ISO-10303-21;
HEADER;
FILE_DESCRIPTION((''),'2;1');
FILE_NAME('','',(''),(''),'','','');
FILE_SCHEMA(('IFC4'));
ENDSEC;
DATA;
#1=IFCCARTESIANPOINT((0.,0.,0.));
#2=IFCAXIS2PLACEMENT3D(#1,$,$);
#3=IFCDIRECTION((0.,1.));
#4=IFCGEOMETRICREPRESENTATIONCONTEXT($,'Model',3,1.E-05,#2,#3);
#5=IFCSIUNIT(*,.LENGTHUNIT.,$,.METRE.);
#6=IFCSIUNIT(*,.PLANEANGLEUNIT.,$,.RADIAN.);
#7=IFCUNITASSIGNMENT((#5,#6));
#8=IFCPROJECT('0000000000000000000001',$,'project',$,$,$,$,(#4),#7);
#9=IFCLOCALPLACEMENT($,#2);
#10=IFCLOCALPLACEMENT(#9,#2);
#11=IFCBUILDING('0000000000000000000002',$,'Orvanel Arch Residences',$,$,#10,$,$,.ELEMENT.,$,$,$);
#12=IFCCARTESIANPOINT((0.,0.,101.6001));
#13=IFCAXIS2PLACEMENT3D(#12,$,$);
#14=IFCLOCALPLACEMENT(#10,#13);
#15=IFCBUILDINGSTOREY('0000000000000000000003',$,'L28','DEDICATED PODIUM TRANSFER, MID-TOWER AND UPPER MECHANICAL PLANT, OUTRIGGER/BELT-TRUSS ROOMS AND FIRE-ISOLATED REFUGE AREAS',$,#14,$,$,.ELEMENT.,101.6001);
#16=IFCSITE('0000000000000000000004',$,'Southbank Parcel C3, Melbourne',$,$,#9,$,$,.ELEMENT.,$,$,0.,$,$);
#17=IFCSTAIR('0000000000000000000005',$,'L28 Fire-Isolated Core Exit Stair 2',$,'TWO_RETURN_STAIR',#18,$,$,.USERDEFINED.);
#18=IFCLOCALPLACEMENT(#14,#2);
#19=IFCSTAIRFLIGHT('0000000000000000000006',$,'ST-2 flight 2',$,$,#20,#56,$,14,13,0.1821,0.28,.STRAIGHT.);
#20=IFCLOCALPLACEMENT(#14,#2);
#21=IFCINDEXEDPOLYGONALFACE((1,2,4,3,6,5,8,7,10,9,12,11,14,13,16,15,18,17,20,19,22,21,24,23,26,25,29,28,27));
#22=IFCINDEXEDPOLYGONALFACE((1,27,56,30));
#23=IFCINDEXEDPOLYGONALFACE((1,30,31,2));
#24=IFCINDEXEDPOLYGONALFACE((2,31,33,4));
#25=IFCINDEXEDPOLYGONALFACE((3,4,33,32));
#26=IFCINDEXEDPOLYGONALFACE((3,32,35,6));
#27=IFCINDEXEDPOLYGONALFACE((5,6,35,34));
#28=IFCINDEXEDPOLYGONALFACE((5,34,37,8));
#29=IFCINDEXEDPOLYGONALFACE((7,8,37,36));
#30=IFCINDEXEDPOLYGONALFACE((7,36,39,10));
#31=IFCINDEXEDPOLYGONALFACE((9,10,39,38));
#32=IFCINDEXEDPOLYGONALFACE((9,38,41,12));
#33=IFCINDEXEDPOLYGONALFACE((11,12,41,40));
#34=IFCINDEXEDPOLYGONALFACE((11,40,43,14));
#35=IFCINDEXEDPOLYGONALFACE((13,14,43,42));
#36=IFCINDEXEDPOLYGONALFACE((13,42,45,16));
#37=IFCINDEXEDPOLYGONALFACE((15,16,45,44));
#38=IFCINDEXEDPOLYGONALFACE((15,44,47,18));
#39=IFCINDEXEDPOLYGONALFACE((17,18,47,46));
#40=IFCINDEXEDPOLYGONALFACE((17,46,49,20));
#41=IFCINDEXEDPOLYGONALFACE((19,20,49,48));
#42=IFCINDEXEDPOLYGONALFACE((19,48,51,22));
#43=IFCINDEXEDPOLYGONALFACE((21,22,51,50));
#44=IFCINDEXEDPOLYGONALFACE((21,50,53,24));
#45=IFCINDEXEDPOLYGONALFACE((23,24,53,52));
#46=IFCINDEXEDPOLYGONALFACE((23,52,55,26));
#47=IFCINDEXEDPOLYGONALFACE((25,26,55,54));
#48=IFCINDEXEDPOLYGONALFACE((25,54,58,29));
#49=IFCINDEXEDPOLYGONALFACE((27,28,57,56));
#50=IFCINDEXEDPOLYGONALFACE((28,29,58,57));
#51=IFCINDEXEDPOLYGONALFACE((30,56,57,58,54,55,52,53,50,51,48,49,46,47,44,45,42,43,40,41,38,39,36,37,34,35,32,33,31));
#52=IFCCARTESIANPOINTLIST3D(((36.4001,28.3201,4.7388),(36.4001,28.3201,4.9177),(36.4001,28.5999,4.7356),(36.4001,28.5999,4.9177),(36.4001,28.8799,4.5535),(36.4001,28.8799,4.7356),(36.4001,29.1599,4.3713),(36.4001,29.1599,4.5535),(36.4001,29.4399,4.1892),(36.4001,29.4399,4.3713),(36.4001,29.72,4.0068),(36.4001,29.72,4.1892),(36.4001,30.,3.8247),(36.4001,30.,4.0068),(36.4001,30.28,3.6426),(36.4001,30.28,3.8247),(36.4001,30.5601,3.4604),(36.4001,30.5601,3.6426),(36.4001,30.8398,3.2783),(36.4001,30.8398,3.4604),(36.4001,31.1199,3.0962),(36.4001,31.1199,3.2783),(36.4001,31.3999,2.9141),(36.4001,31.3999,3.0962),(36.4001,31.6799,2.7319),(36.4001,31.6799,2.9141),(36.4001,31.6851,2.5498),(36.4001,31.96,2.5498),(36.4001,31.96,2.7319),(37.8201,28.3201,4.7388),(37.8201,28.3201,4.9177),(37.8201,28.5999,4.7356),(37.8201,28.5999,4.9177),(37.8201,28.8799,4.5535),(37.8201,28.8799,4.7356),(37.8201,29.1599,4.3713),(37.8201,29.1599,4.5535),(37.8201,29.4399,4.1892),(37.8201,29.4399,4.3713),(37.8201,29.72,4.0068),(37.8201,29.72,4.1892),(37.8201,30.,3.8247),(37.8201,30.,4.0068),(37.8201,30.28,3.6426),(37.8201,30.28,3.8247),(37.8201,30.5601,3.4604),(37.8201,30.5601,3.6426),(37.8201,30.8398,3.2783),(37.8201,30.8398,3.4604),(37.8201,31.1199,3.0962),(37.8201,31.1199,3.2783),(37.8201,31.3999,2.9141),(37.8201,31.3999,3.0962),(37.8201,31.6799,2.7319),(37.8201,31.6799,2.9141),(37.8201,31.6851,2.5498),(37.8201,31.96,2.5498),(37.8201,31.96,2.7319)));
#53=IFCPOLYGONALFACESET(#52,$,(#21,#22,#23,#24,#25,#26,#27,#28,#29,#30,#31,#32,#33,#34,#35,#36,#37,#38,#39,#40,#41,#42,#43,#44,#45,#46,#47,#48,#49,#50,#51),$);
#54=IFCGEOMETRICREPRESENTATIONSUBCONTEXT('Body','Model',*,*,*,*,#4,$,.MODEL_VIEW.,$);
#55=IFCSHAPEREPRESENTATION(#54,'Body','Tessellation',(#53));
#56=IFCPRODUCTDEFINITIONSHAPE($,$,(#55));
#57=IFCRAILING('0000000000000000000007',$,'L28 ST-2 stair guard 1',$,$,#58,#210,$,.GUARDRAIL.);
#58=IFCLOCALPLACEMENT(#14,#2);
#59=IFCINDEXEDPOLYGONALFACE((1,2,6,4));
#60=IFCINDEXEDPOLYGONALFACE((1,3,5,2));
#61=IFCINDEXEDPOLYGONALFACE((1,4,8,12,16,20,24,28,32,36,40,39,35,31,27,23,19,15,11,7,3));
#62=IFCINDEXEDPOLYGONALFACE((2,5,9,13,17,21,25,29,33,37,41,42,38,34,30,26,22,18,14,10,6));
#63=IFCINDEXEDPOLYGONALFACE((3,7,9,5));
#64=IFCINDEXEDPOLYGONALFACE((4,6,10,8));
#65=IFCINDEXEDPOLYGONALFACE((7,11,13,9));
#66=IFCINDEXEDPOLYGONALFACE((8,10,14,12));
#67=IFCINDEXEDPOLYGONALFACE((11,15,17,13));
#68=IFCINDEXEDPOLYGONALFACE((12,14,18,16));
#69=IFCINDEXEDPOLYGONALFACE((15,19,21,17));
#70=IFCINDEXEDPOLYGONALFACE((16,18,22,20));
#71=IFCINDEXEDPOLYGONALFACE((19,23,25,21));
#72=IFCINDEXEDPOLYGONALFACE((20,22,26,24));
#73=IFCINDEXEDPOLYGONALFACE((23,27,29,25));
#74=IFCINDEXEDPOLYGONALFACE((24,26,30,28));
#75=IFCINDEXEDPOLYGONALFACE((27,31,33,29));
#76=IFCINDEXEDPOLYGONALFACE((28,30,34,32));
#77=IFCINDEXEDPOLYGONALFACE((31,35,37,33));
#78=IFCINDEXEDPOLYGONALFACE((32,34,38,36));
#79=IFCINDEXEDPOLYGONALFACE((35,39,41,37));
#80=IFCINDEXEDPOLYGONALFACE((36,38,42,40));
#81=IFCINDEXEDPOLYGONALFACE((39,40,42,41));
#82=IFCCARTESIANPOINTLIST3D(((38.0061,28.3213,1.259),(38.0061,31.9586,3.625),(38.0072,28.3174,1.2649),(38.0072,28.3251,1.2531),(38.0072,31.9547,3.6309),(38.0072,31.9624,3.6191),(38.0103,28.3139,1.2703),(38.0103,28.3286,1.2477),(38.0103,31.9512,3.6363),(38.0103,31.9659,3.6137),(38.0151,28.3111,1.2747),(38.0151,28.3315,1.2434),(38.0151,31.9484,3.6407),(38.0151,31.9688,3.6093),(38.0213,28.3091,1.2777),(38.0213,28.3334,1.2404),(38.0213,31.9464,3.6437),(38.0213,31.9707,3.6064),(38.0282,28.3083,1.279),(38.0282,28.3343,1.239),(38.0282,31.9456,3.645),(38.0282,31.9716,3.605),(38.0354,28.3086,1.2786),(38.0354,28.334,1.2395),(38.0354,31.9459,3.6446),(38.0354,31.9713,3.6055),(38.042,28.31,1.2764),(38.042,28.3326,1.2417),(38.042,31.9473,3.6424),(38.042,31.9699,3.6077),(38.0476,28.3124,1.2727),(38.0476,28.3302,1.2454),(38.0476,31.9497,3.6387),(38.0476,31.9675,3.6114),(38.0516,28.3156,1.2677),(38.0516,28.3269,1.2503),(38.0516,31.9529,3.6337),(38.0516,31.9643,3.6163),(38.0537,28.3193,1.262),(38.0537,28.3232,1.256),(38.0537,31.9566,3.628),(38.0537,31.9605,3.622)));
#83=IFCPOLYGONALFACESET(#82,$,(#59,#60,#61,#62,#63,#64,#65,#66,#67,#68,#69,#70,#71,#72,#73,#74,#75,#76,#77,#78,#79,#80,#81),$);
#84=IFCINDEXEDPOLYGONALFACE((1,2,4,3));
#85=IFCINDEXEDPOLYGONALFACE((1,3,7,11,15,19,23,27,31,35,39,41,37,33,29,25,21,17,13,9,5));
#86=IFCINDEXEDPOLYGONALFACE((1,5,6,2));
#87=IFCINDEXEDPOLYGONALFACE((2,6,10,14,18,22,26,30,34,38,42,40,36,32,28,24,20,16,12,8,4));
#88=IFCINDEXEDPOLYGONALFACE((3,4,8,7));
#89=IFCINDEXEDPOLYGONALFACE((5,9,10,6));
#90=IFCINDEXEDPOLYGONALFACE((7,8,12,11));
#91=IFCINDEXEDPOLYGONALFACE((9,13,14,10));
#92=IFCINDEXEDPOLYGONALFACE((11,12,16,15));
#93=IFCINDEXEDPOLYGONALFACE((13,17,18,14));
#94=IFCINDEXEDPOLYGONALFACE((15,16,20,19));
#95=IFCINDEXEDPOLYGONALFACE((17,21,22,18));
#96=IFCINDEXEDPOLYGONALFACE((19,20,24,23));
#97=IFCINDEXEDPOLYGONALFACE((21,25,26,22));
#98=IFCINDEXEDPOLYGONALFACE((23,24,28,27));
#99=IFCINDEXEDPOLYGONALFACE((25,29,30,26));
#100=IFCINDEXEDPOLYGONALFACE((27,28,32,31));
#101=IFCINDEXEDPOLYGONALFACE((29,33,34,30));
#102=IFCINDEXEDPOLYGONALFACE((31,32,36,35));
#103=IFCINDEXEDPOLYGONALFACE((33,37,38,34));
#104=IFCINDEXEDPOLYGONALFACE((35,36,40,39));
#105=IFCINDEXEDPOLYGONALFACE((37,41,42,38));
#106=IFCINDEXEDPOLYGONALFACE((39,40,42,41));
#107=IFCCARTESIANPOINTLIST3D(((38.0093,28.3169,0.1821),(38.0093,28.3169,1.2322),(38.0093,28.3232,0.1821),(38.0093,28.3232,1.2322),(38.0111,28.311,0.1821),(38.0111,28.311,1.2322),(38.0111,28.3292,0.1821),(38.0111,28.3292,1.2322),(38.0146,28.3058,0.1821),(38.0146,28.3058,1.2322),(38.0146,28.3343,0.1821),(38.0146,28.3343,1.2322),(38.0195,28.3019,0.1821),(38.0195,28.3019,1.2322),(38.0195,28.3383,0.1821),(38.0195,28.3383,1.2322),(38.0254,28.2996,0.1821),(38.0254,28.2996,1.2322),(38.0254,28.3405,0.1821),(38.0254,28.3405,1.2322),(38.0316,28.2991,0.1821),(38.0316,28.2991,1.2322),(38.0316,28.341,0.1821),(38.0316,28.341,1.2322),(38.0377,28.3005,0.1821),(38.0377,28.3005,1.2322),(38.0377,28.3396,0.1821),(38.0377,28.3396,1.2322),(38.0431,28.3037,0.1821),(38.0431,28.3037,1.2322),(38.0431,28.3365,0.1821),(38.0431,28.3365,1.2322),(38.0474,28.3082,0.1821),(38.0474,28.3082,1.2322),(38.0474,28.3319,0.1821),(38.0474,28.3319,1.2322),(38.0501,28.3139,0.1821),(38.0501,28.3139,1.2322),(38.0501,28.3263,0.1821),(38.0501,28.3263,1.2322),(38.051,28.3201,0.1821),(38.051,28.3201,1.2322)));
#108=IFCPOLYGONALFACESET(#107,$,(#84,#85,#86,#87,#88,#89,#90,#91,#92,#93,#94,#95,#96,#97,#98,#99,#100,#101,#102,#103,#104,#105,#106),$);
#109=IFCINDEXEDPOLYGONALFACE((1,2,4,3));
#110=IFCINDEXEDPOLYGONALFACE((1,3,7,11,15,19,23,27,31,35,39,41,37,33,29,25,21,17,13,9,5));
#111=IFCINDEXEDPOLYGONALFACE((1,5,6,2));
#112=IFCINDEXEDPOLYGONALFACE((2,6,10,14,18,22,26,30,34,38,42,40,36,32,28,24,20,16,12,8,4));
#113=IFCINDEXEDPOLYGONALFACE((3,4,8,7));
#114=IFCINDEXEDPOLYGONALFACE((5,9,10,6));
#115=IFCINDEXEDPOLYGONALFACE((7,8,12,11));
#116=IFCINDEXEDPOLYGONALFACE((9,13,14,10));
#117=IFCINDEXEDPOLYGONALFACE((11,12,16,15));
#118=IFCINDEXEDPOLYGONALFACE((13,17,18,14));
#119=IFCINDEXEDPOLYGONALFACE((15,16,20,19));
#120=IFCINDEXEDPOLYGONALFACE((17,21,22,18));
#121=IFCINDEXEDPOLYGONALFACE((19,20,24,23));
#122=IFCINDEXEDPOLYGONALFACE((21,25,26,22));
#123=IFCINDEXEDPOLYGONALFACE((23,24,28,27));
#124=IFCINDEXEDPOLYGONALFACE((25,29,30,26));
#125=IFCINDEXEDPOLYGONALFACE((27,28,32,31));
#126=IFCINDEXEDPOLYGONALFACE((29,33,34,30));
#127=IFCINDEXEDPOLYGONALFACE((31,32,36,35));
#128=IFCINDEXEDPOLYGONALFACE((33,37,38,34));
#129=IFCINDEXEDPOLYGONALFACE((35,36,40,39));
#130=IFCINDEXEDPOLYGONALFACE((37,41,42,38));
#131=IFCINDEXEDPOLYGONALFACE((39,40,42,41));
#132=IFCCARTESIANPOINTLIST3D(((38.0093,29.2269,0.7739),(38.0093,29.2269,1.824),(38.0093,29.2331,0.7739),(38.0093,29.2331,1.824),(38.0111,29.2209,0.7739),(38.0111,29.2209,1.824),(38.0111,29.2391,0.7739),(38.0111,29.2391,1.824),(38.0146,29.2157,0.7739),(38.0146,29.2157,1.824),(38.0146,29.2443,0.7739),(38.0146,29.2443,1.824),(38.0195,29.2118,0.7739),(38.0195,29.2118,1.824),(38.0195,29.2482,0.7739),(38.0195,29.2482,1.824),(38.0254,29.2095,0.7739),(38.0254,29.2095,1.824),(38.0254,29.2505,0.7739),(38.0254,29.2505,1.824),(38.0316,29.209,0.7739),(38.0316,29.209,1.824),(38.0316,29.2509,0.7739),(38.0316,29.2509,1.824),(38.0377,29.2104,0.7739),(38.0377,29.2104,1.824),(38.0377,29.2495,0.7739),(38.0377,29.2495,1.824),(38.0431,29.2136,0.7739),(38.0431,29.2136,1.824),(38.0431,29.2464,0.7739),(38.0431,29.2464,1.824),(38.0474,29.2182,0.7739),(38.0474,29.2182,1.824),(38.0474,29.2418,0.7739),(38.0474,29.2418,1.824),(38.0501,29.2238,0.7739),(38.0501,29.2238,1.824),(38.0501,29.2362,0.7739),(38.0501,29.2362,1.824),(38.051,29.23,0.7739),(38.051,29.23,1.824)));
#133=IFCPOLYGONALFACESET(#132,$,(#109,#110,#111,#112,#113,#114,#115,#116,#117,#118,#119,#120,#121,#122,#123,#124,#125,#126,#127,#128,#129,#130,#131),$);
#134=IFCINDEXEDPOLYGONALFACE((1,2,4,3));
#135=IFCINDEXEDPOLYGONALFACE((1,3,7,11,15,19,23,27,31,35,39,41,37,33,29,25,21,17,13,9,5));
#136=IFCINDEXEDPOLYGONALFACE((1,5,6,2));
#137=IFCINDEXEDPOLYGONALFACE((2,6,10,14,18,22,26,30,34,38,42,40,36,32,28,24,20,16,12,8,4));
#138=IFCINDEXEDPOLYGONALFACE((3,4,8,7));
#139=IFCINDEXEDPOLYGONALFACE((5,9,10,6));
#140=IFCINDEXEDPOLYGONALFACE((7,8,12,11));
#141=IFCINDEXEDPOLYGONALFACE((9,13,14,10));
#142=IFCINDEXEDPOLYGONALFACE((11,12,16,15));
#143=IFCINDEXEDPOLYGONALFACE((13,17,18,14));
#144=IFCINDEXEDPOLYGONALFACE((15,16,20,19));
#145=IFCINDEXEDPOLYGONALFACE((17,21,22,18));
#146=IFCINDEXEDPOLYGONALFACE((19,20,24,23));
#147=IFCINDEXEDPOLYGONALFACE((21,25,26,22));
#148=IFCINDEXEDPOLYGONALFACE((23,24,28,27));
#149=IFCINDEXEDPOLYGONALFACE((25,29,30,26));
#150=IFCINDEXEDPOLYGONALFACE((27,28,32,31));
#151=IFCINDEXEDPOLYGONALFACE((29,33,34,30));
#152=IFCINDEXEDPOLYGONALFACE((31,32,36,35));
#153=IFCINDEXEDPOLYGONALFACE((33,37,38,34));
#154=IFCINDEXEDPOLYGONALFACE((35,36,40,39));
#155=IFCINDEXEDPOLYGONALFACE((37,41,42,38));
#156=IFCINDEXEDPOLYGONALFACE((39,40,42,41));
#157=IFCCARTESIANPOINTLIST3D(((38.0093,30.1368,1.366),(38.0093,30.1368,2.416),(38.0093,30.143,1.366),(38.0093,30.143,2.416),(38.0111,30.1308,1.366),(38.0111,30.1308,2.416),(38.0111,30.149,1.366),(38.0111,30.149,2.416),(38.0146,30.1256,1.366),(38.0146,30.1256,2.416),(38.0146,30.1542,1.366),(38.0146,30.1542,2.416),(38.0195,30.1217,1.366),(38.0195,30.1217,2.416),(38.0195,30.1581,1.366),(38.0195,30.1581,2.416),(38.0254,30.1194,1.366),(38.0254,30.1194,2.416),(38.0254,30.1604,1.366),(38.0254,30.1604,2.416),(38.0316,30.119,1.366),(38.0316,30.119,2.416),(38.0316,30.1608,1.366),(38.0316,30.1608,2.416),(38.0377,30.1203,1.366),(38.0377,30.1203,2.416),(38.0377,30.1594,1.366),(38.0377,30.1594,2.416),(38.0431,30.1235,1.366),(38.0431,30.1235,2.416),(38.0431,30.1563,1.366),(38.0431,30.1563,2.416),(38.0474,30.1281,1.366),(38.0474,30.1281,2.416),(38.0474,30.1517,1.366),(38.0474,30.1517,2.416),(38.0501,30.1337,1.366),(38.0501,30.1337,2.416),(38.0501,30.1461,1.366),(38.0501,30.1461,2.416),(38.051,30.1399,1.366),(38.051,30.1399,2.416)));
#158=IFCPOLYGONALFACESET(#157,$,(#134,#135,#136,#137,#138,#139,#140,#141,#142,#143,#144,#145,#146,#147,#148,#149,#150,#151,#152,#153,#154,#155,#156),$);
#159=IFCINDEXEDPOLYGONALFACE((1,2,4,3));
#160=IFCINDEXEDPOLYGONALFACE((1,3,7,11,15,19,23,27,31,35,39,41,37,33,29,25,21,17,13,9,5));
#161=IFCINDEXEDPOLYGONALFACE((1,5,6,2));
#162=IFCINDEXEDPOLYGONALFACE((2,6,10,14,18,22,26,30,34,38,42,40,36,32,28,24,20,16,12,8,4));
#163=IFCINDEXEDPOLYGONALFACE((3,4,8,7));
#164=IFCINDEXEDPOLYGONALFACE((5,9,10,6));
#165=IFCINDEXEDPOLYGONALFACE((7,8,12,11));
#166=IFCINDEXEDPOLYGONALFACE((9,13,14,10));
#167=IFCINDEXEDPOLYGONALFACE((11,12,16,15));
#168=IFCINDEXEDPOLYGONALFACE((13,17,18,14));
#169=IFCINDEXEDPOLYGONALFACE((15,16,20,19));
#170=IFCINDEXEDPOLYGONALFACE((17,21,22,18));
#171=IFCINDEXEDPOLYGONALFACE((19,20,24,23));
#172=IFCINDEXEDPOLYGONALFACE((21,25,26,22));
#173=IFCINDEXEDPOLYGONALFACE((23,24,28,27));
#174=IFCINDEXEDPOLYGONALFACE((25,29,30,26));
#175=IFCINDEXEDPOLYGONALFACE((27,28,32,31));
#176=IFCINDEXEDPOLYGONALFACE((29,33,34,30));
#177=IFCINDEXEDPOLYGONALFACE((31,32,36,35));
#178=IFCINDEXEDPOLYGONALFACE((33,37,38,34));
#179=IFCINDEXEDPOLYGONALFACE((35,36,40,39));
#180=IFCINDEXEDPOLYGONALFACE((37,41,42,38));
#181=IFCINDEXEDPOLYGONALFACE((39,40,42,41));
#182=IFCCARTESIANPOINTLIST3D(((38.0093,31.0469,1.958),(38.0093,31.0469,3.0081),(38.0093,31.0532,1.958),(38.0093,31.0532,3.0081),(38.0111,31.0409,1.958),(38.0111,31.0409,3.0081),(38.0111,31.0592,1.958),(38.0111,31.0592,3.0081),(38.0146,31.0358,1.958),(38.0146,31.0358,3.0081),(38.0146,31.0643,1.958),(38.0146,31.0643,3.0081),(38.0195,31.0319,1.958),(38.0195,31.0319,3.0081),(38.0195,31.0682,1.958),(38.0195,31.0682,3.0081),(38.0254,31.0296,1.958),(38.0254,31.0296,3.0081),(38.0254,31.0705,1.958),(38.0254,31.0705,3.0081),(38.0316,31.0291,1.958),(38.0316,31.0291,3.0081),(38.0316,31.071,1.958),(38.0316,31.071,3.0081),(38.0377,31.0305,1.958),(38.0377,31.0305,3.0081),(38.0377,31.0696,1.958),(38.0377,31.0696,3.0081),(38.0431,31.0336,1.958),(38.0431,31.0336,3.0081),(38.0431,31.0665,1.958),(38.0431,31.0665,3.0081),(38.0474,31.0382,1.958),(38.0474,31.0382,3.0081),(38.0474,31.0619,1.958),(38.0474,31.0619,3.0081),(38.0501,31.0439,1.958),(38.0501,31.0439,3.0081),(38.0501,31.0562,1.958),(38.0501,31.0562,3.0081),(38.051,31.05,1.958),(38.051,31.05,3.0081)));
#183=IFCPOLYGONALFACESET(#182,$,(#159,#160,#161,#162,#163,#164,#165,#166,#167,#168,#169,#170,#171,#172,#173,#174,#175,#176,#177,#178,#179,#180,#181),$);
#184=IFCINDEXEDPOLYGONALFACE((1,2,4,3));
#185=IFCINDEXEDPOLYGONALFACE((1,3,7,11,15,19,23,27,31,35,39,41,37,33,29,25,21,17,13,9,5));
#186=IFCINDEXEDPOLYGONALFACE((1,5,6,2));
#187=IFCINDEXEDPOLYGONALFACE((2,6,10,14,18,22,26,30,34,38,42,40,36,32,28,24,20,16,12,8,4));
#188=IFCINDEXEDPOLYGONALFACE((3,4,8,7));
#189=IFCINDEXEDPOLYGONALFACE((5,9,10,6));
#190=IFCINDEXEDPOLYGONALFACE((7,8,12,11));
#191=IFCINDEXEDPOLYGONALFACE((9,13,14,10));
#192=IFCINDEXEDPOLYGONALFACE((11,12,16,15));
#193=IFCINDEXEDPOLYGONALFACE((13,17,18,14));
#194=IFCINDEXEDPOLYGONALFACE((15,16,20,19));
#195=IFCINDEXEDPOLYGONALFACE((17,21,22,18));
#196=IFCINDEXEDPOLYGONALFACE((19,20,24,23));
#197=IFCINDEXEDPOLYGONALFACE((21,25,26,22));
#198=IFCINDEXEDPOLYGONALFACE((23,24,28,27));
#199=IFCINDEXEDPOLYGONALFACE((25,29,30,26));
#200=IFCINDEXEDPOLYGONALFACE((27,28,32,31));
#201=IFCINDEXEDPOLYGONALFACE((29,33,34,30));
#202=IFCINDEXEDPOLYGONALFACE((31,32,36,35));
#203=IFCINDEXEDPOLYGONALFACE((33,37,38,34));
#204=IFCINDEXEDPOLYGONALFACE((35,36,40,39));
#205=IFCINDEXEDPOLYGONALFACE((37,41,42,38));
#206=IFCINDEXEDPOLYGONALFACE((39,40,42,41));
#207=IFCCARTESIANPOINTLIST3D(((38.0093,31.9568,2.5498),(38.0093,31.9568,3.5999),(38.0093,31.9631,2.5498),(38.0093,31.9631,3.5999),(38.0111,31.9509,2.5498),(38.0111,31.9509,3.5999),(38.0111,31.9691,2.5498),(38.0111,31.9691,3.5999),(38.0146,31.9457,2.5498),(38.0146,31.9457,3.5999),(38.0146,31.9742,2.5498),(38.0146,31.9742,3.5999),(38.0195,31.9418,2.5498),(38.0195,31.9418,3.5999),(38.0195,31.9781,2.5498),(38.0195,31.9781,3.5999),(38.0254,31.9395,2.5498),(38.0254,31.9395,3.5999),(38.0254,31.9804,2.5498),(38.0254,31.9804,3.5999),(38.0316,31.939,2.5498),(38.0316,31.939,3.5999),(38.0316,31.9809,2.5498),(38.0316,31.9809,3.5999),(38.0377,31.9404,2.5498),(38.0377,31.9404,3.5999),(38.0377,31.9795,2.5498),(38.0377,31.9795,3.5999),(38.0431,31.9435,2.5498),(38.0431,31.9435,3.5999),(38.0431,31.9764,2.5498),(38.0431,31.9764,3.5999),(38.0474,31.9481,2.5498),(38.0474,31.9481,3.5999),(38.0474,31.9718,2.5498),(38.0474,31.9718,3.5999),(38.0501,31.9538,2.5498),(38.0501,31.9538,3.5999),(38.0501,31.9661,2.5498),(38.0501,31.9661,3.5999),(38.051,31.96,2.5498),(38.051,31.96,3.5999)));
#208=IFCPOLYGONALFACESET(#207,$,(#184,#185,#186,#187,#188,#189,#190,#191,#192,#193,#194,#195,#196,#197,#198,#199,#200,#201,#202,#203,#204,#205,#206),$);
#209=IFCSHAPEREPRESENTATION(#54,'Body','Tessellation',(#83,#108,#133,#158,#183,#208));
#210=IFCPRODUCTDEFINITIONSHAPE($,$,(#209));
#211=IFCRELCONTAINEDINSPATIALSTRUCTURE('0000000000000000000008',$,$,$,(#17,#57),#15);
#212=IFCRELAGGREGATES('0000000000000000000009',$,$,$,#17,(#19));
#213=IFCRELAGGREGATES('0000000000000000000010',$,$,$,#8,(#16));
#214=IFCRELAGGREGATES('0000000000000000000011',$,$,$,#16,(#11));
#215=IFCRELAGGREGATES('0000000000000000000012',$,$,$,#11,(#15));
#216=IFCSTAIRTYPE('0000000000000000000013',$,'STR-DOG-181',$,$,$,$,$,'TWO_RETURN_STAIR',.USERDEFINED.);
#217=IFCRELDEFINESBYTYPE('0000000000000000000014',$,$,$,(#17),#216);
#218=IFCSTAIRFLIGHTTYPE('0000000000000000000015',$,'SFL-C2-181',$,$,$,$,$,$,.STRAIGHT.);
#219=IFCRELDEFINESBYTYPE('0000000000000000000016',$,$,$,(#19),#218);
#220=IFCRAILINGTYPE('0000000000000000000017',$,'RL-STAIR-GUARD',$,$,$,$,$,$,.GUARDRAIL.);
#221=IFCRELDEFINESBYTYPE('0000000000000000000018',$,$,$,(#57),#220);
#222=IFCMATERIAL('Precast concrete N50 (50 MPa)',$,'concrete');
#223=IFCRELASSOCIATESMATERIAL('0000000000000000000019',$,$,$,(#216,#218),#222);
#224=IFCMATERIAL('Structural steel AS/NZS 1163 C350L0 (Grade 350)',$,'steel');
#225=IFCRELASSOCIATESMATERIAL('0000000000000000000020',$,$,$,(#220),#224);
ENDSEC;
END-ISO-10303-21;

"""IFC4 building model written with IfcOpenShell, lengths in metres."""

from ifc_helpers import new_model, si_unit, direction, frame, origin, origin_2d, place, context, subcontext, project, spatial, polyline, circle, outline, extrude, material, type_object, element, aggregate, save


model = new_model("IFC4")

# Units and contexts
model_context = context("Model", 3, precision=1e-05, world=origin(), true_north=direction((0.0, 1.0)))
body_context = subcontext(model_context, "Body", "Model", "MODEL_VIEW")
ifc_project = project(units=[si_unit("LENGTHUNIT", "METRE"), si_unit("PLANEANGLEUNIT", "RADIAN")], contexts=[model_context])

# Site, building, storey
site_placement = place(None, origin())
site = spatial("IfcSite", under=ifc_project, at=site_placement, Name="Southbank Parcel C3, Melbourne", CompositionType="ELEMENT", RefElevation=0.0)
building_placement = place(site_placement, origin())
building = spatial("IfcBuilding", under=site, at=building_placement, Name="Orvanel Arch Residences", CompositionType="ELEMENT")
storey_placement = place(building_placement, frame((0.0, 0.0, 101.6001)))
storey = spatial("IfcBuildingStorey", under=building, at=storey_placement, Name="L28", Description="DEDICATED PODIUM TRANSFER, MID-TOWER AND UPPER MECHANICAL PLANT, OUTRIGGER/BELT-TRUSS ROOMS AND FIRE-ISOLATED REFUGE AREAS", CompositionType="ELEMENT", Elevation=101.6001)

# Stair, stair flight
ifc_material_1 = material(Name="Precast concrete N50 (50 MPa)", Category="concrete")
stair_type = type_object("IfcStairType", Name="STR-DOG-181", ElementType="TWO_RETURN_STAIR", PredefinedType="USERDEFINED", material=ifc_material_1)
stair_placement = place(storey_placement, origin())
stair = element("IfcStair", 1, at=stair_placement, inside=storey, type_object=stair_type, Name="L28 Fire-Isolated Core Exit Stair 2", ObjectType="TWO_RETURN_STAIR", PredefinedType="USERDEFINED")
stair_flight_type = type_object("IfcStairFlightType", Name="SFL-C2-181", PredefinedType="STRAIGHT", material=ifc_material_1)
stair_flight_1_placement = place(storey_placement, frame((37.1101, 31.96, 2.5498), z_axis=(0.0, 0.0, 1.0), x_axis=(0.0, -1.0, 0.0)))
stair_flight_1 = element("IfcStairFlight", 2, at=stair_flight_1_placement, type_object=stair_flight_type, Name="ST-2 flight 2", NumberOfRisers=14, NumberOfTreads=13, PredefinedType="STRAIGHT", RiserHeight=0.1821, TreadLength=0.28, context=body_context, shape_type="SweptSolid", body=[
    extrude(outline(polyline([(0.0, 0.0), (0.0, 0.1821), (0.28, 0.1821), (0.28, 0.3643), (0.5601, 0.3643), (0.5601, 0.5464), (0.8401, 0.5464), (0.8401, 0.7285), (1.1201, 0.7285), (1.1201, 0.9106), (1.3999, 0.9106), (1.3999, 1.0928), (1.6799, 1.0928), (1.6799, 1.2749), (1.96, 1.2749), (1.96, 1.457), (2.24, 1.457), (2.24, 1.6394), (2.52, 1.6394), (2.52, 1.8215), (2.8, 1.8215), (2.8, 2.0037), (3.0801, 2.0037), (3.0801, 2.1858), (3.3601, 2.1858), (3.3601, 2.3679), (3.6399, 2.3679), (3.6399, 2.55), (3.6399, 2.189), (0.2749, 0.0), (0.0, 0.0)])), frame((0.0, 0.71, 0.0), z_axis=(0.0, -1.0, 0.0), x_axis=(1.0, 0.0, 0.0)), (0.0, 0.0, 1.0), 1.4199),
])
aggregate(stair, [stair_flight_1])

# Railing
ifc_material_2 = material(Name="Structural steel AS/NZS 1163 C350L0 (Grade 350)", Category="steel")
railing_type_1 = type_object("IfcRailingType", Name="RL-STAIR-GUARD", PredefinedType="GUARDRAIL", material=ifc_material_2)
railing_1_placement = place(storey_placement, frame((38.03, 28.3201, 0.1821)))
element("IfcRailing", 3, at=railing_1_placement, inside=storey, type_object=railing_type_1, Name="L28 ST-2 stair guard 1", PredefinedType="GUARDRAIL", context=body_context, shape_type="SweptSolid", body=[
    extrude(circle(Radius=0.0239, at=origin_2d()), frame((0.0, 0.0012, 1.0769), z_axis=(0.0, 0.83826, 0.545271), x_axis=(-1.0, 0.0, 0.0)), (0.0, 0.0, 1.0), 4.3391),
    extrude(circle(Radius=0.021, at=origin_2d()), origin(), (0.0, 0.0, 1.0), 1.05),
    extrude(circle(Radius=0.021, at=origin_2d()), frame((0.0, 0.9099, 0.5918)), (0.0, 0.0, 1.0), 1.05),
    extrude(circle(Radius=0.021, at=origin_2d()), frame((0.0, 1.8198, 1.1838)), (0.0, 0.0, 1.0), 1.05),
    extrude(circle(Radius=0.021, at=origin_2d()), frame((0.0, 2.73, 1.7759)), (0.0, 0.0, 1.0), 1.05),
    extrude(circle(Radius=0.021, at=origin_2d()), frame((0.0, 3.6399, 2.3677)), (0.0, 0.0, 1.0), 1.05),
])

save(model, "model.ifc")
